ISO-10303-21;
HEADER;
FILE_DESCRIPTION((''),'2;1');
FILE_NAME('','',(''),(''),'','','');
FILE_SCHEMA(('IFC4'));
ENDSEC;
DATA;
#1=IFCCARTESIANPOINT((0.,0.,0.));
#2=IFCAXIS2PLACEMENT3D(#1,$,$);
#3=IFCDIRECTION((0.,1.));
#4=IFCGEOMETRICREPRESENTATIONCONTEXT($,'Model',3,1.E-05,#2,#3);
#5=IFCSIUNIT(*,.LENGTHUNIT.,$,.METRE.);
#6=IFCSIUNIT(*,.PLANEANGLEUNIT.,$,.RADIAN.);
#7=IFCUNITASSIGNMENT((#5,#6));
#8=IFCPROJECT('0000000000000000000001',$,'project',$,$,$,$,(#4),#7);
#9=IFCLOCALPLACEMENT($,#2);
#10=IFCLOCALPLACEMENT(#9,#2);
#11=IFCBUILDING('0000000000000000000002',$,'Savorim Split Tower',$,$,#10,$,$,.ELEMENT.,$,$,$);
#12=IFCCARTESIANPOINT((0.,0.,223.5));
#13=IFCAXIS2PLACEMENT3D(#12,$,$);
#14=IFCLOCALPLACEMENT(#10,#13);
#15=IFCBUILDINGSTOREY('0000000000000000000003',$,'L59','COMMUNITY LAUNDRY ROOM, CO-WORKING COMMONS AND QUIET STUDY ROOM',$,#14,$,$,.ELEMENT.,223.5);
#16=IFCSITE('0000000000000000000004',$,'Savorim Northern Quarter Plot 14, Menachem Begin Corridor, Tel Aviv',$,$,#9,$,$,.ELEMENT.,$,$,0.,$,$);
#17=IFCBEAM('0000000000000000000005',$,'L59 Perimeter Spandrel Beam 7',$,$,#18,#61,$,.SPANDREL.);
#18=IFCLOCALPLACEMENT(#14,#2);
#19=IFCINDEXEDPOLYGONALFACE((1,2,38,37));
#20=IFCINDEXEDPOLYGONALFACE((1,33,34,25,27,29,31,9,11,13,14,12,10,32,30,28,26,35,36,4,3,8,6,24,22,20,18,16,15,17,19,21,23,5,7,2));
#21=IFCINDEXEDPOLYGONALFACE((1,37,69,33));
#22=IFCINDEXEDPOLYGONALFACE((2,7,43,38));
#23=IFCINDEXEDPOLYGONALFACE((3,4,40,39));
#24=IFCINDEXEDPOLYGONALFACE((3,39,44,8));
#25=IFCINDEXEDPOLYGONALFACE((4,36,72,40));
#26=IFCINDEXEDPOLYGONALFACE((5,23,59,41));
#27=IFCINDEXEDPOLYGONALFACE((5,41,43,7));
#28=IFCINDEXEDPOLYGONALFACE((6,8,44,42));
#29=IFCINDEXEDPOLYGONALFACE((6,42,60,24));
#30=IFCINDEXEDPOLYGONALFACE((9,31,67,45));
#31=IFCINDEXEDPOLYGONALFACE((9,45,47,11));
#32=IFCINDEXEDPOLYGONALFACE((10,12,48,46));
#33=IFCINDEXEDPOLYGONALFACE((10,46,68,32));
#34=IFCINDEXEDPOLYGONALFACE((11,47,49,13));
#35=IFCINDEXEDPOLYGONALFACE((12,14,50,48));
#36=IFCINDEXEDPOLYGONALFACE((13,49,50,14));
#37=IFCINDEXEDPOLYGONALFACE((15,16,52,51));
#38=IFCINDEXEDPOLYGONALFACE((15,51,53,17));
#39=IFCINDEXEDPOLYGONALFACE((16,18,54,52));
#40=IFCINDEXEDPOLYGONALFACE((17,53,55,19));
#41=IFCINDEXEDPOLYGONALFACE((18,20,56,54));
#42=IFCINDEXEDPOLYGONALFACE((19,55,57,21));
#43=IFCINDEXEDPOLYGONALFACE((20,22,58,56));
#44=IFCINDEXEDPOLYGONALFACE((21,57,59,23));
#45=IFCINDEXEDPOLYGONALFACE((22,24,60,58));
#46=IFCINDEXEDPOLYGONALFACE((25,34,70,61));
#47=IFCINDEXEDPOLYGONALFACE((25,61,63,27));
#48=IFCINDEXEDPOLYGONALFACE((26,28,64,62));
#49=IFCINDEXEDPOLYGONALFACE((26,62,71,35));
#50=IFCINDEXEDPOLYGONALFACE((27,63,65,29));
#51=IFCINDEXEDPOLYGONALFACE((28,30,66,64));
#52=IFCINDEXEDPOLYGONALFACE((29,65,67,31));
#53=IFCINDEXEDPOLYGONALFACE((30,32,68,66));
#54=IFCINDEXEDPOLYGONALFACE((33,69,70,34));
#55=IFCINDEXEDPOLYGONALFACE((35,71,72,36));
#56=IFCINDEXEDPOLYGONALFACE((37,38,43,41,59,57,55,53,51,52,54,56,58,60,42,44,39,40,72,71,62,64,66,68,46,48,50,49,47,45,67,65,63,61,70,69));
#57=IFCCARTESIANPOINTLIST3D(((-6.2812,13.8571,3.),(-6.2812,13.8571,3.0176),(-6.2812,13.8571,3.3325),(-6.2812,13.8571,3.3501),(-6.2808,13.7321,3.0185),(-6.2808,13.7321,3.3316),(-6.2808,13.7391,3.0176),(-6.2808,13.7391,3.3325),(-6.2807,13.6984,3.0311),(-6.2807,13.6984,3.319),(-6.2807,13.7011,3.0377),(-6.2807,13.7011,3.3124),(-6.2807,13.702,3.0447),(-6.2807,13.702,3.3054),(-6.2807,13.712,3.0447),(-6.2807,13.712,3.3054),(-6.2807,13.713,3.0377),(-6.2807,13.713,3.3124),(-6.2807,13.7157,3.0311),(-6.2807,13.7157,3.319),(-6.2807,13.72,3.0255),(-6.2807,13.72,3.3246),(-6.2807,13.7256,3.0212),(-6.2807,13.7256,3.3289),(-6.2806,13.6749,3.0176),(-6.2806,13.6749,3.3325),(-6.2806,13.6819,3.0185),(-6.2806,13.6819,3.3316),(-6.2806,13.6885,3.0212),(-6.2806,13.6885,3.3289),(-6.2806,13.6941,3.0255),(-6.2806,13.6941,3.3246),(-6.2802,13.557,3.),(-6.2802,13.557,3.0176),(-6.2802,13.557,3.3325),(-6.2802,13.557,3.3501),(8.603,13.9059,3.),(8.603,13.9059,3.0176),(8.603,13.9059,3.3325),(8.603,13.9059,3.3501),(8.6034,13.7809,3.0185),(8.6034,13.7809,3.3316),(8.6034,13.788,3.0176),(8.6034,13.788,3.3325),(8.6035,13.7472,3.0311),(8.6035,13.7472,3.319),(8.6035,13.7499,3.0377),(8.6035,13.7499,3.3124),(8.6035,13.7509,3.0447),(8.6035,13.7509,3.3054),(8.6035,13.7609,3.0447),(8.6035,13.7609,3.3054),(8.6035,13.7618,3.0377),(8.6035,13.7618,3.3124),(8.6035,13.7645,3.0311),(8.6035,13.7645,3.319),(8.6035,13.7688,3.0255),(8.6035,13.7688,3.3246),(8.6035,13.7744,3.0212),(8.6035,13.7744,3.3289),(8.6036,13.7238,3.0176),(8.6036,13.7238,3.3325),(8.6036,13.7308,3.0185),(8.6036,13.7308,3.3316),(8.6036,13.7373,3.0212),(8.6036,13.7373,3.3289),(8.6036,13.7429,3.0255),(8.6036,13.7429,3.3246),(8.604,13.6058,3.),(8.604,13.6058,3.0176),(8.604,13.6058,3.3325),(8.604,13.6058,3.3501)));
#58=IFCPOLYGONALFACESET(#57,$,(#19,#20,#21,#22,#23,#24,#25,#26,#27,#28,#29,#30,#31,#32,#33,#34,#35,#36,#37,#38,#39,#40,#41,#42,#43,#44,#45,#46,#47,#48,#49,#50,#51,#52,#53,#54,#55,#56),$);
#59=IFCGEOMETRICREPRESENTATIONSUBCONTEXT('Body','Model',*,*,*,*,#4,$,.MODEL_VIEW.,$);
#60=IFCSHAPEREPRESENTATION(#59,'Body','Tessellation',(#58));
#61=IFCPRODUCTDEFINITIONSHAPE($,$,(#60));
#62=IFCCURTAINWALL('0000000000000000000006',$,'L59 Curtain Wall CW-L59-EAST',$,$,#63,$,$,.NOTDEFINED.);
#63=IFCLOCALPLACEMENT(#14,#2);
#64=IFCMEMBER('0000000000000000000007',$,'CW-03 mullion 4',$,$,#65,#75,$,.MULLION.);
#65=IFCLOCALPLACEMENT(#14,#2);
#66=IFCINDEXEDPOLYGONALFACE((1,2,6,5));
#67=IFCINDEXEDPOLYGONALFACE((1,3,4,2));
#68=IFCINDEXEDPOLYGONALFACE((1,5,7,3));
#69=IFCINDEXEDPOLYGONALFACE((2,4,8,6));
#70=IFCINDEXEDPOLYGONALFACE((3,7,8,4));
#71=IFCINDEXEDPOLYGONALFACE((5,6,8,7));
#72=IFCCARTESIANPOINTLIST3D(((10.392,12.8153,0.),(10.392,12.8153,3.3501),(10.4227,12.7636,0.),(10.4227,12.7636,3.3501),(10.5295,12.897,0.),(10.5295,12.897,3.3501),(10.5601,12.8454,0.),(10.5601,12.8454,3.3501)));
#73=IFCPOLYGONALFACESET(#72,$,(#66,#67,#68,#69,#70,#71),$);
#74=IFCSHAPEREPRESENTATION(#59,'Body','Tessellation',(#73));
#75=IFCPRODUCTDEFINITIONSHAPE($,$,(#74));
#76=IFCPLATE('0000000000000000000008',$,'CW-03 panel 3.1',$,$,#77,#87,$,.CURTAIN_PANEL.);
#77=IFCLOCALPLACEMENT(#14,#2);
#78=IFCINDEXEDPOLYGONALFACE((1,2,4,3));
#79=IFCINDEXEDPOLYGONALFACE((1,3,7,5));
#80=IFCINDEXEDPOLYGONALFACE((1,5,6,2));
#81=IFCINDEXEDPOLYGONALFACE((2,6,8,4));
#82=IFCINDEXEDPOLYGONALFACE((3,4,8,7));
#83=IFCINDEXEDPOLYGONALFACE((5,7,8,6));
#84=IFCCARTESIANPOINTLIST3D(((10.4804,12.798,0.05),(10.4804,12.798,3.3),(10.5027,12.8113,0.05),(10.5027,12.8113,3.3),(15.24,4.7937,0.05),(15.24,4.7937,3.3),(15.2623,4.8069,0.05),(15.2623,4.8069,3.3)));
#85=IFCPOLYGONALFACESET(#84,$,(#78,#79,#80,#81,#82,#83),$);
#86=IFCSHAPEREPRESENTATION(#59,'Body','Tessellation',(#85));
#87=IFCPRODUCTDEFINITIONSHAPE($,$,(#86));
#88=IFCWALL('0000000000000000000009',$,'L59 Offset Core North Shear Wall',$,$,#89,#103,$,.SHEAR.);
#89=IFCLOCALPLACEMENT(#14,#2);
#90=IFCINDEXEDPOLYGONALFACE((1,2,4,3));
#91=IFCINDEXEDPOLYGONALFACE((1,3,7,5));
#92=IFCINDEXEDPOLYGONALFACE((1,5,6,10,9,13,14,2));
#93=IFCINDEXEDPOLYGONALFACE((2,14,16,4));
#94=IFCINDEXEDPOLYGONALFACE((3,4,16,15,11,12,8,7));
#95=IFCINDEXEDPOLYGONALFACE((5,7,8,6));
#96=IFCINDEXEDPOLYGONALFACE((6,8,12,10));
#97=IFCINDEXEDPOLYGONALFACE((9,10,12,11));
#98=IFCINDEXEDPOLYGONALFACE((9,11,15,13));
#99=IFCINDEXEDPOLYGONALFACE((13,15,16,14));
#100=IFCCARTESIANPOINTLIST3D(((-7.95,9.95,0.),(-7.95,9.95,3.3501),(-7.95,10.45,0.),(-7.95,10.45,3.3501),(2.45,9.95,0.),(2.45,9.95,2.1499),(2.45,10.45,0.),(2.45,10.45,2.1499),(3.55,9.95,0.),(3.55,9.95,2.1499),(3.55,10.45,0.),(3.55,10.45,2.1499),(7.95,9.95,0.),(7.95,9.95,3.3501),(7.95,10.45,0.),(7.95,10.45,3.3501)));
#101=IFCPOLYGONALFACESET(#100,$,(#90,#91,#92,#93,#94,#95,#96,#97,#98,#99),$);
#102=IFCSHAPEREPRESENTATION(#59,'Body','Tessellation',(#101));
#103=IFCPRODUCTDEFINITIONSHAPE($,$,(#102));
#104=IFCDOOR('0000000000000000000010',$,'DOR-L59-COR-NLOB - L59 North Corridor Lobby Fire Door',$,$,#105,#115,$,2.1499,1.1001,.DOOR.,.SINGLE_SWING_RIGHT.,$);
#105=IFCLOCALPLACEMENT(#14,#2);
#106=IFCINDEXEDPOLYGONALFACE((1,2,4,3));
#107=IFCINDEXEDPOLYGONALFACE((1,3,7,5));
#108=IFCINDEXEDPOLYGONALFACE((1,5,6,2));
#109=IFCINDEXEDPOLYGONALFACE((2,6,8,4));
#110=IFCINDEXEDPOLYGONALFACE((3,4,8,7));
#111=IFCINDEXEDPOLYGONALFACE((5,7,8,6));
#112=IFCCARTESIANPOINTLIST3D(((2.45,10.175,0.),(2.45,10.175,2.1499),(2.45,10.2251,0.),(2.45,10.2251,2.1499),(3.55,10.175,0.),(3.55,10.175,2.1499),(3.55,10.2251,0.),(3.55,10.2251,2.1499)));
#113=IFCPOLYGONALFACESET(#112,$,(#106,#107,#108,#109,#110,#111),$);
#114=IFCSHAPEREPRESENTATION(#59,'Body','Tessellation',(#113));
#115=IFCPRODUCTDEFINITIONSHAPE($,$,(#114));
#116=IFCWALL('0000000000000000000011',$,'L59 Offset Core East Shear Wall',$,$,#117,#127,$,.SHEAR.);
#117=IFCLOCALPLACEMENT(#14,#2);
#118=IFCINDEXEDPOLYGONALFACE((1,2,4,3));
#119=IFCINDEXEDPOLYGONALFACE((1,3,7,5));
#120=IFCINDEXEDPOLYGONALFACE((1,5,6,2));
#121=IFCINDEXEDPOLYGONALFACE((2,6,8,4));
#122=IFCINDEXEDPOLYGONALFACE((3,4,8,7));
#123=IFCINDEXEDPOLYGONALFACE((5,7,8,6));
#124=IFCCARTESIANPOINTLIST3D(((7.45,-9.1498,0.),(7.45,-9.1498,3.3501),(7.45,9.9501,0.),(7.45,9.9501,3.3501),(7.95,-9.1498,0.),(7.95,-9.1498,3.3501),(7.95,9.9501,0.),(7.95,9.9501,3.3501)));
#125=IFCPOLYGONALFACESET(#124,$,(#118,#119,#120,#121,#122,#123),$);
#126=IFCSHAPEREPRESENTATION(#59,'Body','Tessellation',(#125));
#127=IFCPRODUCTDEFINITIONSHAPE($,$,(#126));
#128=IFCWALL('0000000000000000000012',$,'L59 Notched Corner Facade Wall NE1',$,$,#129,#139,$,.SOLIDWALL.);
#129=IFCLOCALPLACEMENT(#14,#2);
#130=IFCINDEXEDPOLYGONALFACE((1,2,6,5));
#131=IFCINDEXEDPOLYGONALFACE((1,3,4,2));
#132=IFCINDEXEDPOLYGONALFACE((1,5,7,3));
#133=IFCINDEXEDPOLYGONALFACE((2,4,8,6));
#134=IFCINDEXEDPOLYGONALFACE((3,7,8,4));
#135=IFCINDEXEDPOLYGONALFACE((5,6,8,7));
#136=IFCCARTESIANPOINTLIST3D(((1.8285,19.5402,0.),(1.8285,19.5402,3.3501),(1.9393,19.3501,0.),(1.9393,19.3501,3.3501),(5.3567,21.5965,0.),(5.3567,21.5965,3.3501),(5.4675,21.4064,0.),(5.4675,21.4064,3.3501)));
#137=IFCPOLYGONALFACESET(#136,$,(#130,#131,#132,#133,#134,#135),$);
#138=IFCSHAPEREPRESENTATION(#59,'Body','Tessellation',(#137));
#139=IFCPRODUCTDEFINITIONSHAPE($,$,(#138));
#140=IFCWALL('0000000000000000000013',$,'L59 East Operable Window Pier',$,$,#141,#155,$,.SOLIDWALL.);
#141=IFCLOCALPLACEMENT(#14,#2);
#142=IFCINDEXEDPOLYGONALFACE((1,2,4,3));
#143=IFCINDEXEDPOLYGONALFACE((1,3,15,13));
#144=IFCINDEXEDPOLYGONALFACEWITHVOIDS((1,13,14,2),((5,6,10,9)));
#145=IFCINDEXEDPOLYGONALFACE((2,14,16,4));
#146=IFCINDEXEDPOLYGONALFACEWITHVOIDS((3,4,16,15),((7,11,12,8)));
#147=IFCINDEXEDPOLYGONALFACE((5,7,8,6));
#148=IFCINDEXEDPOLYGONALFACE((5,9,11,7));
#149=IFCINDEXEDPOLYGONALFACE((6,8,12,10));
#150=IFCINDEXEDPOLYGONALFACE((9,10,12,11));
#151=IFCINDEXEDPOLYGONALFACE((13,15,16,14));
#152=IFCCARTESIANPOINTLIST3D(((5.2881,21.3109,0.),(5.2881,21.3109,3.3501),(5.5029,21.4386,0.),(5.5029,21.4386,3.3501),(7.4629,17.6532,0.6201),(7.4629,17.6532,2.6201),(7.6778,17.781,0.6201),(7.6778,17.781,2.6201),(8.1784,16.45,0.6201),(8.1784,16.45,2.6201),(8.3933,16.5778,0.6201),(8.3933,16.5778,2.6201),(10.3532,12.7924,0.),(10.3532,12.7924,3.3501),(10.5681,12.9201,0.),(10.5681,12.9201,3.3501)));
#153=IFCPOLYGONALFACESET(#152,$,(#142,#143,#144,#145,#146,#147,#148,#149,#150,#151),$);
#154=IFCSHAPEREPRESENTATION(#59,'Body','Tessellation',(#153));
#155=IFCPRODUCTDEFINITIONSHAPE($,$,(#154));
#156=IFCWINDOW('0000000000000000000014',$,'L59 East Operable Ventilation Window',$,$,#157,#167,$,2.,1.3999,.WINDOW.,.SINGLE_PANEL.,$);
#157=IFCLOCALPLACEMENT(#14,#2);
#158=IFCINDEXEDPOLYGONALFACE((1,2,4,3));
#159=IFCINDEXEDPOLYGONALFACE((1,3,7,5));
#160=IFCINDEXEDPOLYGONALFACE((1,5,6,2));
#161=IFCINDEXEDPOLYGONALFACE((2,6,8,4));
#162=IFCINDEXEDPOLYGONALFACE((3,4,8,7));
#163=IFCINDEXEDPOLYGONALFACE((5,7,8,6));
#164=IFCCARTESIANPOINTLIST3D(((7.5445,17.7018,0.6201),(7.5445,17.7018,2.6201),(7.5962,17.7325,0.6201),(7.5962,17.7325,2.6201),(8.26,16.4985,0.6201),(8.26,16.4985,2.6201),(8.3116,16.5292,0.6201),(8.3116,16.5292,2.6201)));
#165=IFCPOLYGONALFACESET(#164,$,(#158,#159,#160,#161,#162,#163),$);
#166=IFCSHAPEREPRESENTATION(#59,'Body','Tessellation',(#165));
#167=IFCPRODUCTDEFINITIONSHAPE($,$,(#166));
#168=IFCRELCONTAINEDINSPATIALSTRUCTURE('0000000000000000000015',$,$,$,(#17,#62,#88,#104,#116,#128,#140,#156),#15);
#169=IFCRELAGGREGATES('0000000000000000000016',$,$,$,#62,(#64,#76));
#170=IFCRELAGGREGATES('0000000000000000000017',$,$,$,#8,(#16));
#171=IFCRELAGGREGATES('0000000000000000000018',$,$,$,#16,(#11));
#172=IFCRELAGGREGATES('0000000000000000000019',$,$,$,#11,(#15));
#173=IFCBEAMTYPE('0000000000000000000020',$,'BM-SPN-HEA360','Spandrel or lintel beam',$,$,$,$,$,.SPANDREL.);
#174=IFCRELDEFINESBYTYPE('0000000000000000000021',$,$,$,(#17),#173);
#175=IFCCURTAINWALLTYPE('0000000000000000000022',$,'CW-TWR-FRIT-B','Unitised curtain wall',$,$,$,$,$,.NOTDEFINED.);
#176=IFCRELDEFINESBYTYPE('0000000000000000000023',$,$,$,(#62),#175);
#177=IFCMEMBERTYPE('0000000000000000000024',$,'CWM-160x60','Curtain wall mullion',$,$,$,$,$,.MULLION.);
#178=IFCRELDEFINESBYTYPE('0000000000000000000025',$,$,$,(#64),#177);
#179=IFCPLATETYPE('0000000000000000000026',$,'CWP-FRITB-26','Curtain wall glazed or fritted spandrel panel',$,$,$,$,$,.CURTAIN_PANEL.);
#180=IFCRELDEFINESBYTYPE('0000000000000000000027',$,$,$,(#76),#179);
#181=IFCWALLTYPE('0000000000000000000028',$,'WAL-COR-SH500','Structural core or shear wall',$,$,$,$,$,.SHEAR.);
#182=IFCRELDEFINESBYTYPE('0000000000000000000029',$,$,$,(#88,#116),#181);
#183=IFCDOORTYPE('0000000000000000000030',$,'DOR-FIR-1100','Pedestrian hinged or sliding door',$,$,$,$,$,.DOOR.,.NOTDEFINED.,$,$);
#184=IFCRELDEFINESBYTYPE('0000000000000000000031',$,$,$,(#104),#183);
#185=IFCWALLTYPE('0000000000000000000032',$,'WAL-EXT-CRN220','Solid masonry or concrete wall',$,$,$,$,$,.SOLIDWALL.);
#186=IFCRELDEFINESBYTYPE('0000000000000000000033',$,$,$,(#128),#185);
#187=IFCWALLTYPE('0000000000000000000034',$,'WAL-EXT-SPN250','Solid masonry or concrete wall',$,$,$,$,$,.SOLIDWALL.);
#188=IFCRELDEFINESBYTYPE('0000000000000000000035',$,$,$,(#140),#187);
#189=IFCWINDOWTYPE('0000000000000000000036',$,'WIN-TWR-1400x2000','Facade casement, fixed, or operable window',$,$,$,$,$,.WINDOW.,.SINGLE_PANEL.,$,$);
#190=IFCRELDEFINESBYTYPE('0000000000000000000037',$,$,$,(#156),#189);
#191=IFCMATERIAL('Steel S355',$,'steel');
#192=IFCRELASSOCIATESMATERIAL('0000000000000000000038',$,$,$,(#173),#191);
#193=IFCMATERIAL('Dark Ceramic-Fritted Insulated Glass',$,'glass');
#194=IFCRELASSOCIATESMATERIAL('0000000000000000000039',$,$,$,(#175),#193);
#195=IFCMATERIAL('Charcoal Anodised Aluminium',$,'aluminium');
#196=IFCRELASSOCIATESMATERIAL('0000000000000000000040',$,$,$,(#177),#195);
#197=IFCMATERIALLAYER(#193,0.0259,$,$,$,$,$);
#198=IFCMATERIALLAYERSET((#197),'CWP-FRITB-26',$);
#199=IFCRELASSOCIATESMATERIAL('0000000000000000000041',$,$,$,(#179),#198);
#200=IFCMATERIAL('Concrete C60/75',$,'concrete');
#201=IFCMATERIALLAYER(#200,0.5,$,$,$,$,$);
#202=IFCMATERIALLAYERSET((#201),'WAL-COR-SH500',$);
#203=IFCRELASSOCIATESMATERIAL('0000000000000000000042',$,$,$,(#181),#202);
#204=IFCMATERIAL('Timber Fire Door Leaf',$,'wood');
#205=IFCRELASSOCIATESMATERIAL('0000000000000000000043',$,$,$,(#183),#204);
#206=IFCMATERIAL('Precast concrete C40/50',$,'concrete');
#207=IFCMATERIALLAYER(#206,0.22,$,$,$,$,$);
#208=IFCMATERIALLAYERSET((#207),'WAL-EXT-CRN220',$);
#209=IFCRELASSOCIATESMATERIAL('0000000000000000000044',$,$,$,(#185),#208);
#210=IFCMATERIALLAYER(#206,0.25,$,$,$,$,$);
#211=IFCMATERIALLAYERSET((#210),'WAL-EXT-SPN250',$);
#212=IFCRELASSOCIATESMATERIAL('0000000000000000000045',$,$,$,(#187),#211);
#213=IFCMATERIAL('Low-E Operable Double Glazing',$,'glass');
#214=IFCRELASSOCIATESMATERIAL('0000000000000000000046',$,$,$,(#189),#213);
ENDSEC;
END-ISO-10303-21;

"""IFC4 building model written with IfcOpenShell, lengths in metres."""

from ifc_helpers import new_model, si_unit, direction, frame, frame_2d, origin, origin_2d, place, context, subcontext, project, spatial, rectangle, i_section, extrude, material, layer, layer_set, material_profile, profile_set, type_object, element, fill, aggregate, save


model = new_model("IFC4")

# Units and contexts
model_context = context("Model", 3, precision=1e-05, world=origin(), true_north=direction((0.0, 1.0)))
body_context = subcontext(model_context, "Body", "Model", "MODEL_VIEW")
ifc_project = project(units=[si_unit("LENGTHUNIT", "METRE"), si_unit("PLANEANGLEUNIT", "RADIAN")], contexts=[model_context])

# Site, building, storey
site_placement = place(None, origin())
site = spatial("IfcSite", under=ifc_project, at=site_placement, Name="Savorim Northern Quarter Plot 14, Menachem Begin Corridor, Tel Aviv", CompositionType="ELEMENT", RefElevation=0.0)
building_placement = place(site_placement, origin())
building = spatial("IfcBuilding", under=site, at=building_placement, Name="Savorim Split Tower", CompositionType="ELEMENT")
storey_placement = place(building_placement, frame((0.0, 0.0, 223.5)))
storey = spatial("IfcBuildingStorey", under=building, at=storey_placement, Name="L59", Description="COMMUNITY LAUNDRY ROOM, CO-WORKING COMMONS AND QUIET STUDY ROOM", CompositionType="ELEMENT", Elevation=223.5)

# Shared definitions
ifc_material_1 = material(Name="Steel S355", Category="steel")

# Beam
ifc_material_profile_1 = material_profile(ifc_material_1, i_section(OverallWidth=0.3, OverallDepth=0.3501, WebThickness=0.01, FlangeThickness=0.0176, FilletRadius=0.0271, at=origin_2d()), Name="HEA 360")
ifc_profile_set_1 = profile_set([ifc_material_profile_1], Name="Steel S355")
beam_type_1 = type_object("IfcBeamType", Name="BM-SPN-HEA360", Description="Spandrel or lintel beam", PredefinedType="SPANDREL", material=ifc_profile_set_1)
beam_1_placement = place(storey_placement, frame((8.6035, 13.7559, 3.175), z_axis=(-0.999995, -0.00328, 0.0), x_axis=(0.00328, -0.999995, 0.0)))
element("IfcBeam", 1, at=beam_1_placement, inside=storey, type_object=beam_type_1, Name="L59 Perimeter Spandrel Beam 7", PredefinedType="SPANDREL", context=body_context, shape_type="SweptSolid", body=[
    extrude(i_section(OverallWidth=0.3, OverallDepth=0.3501, WebThickness=0.01, FlangeThickness=0.0176, FilletRadius=0.0271, at=origin_2d()), origin(), (0.0, 0.0, 1.0), 14.8843),
])

# Curtain wall, member, plate
ifc_material_2 = material(Name="Dark Ceramic-Fritted Insulated Glass", Category="glass")
curtain_wall_type = type_object("IfcCurtainWallType", Name="CW-TWR-FRIT-B", Description="Unitised curtain wall", PredefinedType="NOTDEFINED", material=ifc_material_2)
curtain_wall_placement = place(storey_placement, origin())
curtain_wall = element("IfcCurtainWall", 2, at=curtain_wall_placement, inside=storey, type_object=curtain_wall_type, Name="L59 Curtain Wall CW-L59-EAST", PredefinedType="NOTDEFINED")
ifc_material_3 = material(Name="Charcoal Anodised Aluminium", Category="aluminium")
ifc_material_profile_2 = material_profile(ifc_material_3, rectangle(XDim=0.1599, YDim=0.0601, at=origin_2d()), Name="ALU-M 160x60")
ifc_profile_set_2 = profile_set([ifc_material_profile_2], Name="Charcoal Anodised Aluminium")
member_type = type_object("IfcMemberType", Name="CWM-160x60", Description="Curtain wall mullion", PredefinedType="MULLION", material=ifc_profile_set_2)
member_placement = place(storey_placement, frame((10.4761, 12.8303, 0.0), z_axis=(0.0, 0.0, 1.0), x_axis=(-0.859524, -0.511096, 0.0)))
member = element("IfcMember", 3, at=member_placement, type_object=member_type, Name="CW-03 mullion 4", PredefinedType="MULLION", context=body_context, shape_type="SweptSolid", body=[
    extrude(rectangle(XDim=0.1599, YDim=0.0601, at=origin_2d()), origin(), (0.0, 0.0, 1.0), 3.3501),
])
ifc_layer_1 = layer(ifc_material_2, 0.0259)
ifc_layer_set_1 = layer_set([ifc_layer_1], Name="CWP-FRITB-26")
plate_type = type_object("IfcPlateType", Name="CWP-FRITB-26", Description="Curtain wall glazed or fritted spandrel panel", PredefinedType="CURTAIN_PANEL", material=ifc_layer_set_1)
plate_placement = place(storey_placement, frame((12.8713, 8.8025, 0.05), z_axis=(0.0, 0.0, 1.0), x_axis=(-0.511096, 0.859524, 0.0)))
plate = element("IfcPlate", 4, at=plate_placement, type_object=plate_type, Name="CW-03 panel 3.1", PredefinedType="CURTAIN_PANEL", context=body_context, shape_type="SweptSolid", body=[
    extrude(rectangle(XDim=9.3125, YDim=0.0259, at=origin_2d()), origin(), (0.0, 0.0, 1.0), 3.25),
])
aggregate(curtain_wall, [member, plate])

# Wall, opening, door
ifc_material_4 = material(Name="Concrete C60/75", Category="concrete")
ifc_layer_2 = layer(ifc_material_4, 0.5)
ifc_layer_set_2 = layer_set([ifc_layer_2], Name="WAL-COR-SH500")
wall_type_1 = type_object("IfcWallType", Name="WAL-COR-SH500", Description="Structural core or shear wall", PredefinedType="SHEAR", material=ifc_layer_set_2)
wall_1_placement = place(storey_placement, frame((7.95, 10.2, 0.0), z_axis=(0.0, 0.0, 1.0), x_axis=(-1.0, 0.0, 0.0)))
wall_1 = element("IfcWall", 5, at=wall_1_placement, inside=storey, type_object=wall_type_1, Name="L59 Offset Core North Shear Wall", PredefinedType="SHEAR", context=body_context, shape_type="SweptSolid", body=[
    extrude(rectangle(XDim=15.8999, YDim=0.5, at=frame_2d((7.95, 0.0))), origin(), (0.0, 0.0, 1.0), 3.3501),
])
opening_1_placement = place(wall_1_placement, frame((4.3999, 0.0, 0.0)))
opening_1 = element("IfcOpeningElement", 6, at=opening_1_placement, cuts=wall_1, PredefinedType="OPENING", context=body_context, shape_type="SweptSolid", body=[
    extrude(rectangle(XDim=1.1001, YDim=2.1499, at=frame_2d((0.55, 1.075))), frame((0.0, 0.26, 0.0), z_axis=(0.0, -1.0, 0.0), x_axis=(1.0, 0.0, 0.0)), (0.0, 0.0, 1.0), 0.52),
])
ifc_material_5 = material(Name="Timber Fire Door Leaf", Category="wood")
door_type_1 = type_object("IfcDoorType", Name="DOR-FIR-1100", Description="Pedestrian hinged or sliding door", OperationType="NOTDEFINED", PredefinedType="DOOR", material=ifc_material_5)
door_1_placement = place(opening_1_placement, origin())
door_1 = element("IfcDoor", 7, at=door_1_placement, inside=storey, type_object=door_type_1, Name="DOR-L59-COR-NLOB - L59 North Corridor Lobby Fire Door", OperationType="SINGLE_SWING_RIGHT", OverallHeight=2.1499, OverallWidth=1.1001, PredefinedType="DOOR", context=body_context, shape_type="SweptSolid", body=[
    extrude(rectangle(XDim=1.1001, YDim=2.1499, at=frame_2d((0.55, 1.075))), frame((0.0, 0.0249, 0.0), z_axis=(0.0, -1.0, 0.0), x_axis=(1.0, 0.0, 0.0)), (0.0, 0.0, 1.0), 0.05),
])
fill(opening_1, door_1)

# Walls
wall_2_placement = place(storey_placement, frame((7.7, 9.95, 0.0), z_axis=(0.0, 0.0, 1.0), x_axis=(0.0, -1.0, 0.0)))
element("IfcWall", 8, at=wall_2_placement, inside=storey, type_object=wall_type_1, Name="L59 Offset Core East Shear Wall", PredefinedType="SHEAR", context=body_context, shape_type="SweptSolid", body=[
    extrude(rectangle(XDim=19.0999, YDim=0.5, at=frame_2d((9.5498, 0.0))), origin(), (0.0, 0.0, 1.0), 3.3501),
])
ifc_material_6 = material(Name="Precast concrete C40/50", Category="concrete")
ifc_layer_3 = layer(ifc_material_6, 0.22)
ifc_layer_set_3 = layer_set([ifc_layer_3], Name="WAL-EXT-CRN220")
wall_type_2 = type_object("IfcWallType", Name="WAL-EXT-CRN220", Description="Solid masonry or concrete wall", PredefinedType="SOLIDWALL", material=ifc_layer_set_3)
wall_3_placement = place(storey_placement, frame((1.8838, 19.4451, 0.0), z_axis=(0.0, 0.0, 1.0), x_axis=(0.86397, 0.503544, 0.0)))
element("IfcWall", 9, at=wall_3_placement, inside=storey, type_object=wall_type_2, Name="L59 Notched Corner Facade Wall NE1", PredefinedType="SOLIDWALL", context=body_context, shape_type="SweptSolid", body=[
    extrude(rectangle(XDim=4.0837, YDim=0.22, at=frame_2d((2.042, 0.0))), origin(), (0.0, 0.0, 1.0), 3.3501),
])

# Wall, opening, window
ifc_layer_4 = layer(ifc_material_6, 0.25)
ifc_layer_set_4 = layer_set([ifc_layer_4], Name="WAL-EXT-SPN250")
wall_type_3 = type_object("IfcWallType", Name="WAL-EXT-SPN250", Description="Solid masonry or concrete wall", PredefinedType="SOLIDWALL", material=ifc_layer_set_4)
wall_4_placement = place(storey_placement, frame((5.3955, 21.3748, 0.0), z_axis=(0.0, 0.0, 1.0), x_axis=(0.511083, -0.859532, 0.0)))
wall_4 = element("IfcWall", 10, at=wall_4_placement, inside=storey, type_object=wall_type_3, Name="L59 East Operable Window Pier", PredefinedType="SOLIDWALL", context=body_context, shape_type="SweptSolid", body=[
    extrude(rectangle(XDim=9.9106, YDim=0.25, at=frame_2d((4.9553, 0.0))), origin(), (0.0, 0.0, 1.0), 3.3501),
])
opening_2_placement = place(wall_4_placement, frame((4.2554, 0.0, 0.6201)))
opening_2 = element("IfcOpeningElement", 11, at=opening_2_placement, cuts=wall_4, PredefinedType="OPENING", context=body_context, shape_type="SweptSolid", body=[
    extrude(rectangle(XDim=1.3999, YDim=2.0, at=frame_2d((0.7, 1.0))), frame((0.0, 0.135, 0.0), z_axis=(0.0, -1.0, 0.0), x_axis=(1.0, 0.0, 0.0)), (0.0, 0.0, 1.0), 0.27),
])
ifc_material_7 = material(Name="Low-E Operable Double Glazing", Category="glass")
window_type = type_object("IfcWindowType", Name="WIN-TWR-1400x2000", Description="Facade casement, fixed, or operable window", PartitioningType="SINGLE_PANEL", PredefinedType="WINDOW", material=ifc_material_7)
window_placement = place(opening_2_placement, origin())
window = element("IfcWindow", 12, at=window_placement, inside=storey, type_object=window_type, Name="L59 East Operable Ventilation Window", OverallHeight=2.0, OverallWidth=1.3999, PartitioningType="SINGLE_PANEL", PredefinedType="WINDOW", context=body_context, shape_type="SweptSolid", body=[
    extrude(rectangle(XDim=1.3999, YDim=2.0, at=frame_2d((0.7, 1.0))), frame((0.0, 0.03, 0.0), z_axis=(0.0, -1.0, 0.0), x_axis=(1.0, 0.0, 0.0)), (0.0, 0.0, 1.0), 0.0601),
])
fill(opening_2, window)

save(model, "model.ifc")
